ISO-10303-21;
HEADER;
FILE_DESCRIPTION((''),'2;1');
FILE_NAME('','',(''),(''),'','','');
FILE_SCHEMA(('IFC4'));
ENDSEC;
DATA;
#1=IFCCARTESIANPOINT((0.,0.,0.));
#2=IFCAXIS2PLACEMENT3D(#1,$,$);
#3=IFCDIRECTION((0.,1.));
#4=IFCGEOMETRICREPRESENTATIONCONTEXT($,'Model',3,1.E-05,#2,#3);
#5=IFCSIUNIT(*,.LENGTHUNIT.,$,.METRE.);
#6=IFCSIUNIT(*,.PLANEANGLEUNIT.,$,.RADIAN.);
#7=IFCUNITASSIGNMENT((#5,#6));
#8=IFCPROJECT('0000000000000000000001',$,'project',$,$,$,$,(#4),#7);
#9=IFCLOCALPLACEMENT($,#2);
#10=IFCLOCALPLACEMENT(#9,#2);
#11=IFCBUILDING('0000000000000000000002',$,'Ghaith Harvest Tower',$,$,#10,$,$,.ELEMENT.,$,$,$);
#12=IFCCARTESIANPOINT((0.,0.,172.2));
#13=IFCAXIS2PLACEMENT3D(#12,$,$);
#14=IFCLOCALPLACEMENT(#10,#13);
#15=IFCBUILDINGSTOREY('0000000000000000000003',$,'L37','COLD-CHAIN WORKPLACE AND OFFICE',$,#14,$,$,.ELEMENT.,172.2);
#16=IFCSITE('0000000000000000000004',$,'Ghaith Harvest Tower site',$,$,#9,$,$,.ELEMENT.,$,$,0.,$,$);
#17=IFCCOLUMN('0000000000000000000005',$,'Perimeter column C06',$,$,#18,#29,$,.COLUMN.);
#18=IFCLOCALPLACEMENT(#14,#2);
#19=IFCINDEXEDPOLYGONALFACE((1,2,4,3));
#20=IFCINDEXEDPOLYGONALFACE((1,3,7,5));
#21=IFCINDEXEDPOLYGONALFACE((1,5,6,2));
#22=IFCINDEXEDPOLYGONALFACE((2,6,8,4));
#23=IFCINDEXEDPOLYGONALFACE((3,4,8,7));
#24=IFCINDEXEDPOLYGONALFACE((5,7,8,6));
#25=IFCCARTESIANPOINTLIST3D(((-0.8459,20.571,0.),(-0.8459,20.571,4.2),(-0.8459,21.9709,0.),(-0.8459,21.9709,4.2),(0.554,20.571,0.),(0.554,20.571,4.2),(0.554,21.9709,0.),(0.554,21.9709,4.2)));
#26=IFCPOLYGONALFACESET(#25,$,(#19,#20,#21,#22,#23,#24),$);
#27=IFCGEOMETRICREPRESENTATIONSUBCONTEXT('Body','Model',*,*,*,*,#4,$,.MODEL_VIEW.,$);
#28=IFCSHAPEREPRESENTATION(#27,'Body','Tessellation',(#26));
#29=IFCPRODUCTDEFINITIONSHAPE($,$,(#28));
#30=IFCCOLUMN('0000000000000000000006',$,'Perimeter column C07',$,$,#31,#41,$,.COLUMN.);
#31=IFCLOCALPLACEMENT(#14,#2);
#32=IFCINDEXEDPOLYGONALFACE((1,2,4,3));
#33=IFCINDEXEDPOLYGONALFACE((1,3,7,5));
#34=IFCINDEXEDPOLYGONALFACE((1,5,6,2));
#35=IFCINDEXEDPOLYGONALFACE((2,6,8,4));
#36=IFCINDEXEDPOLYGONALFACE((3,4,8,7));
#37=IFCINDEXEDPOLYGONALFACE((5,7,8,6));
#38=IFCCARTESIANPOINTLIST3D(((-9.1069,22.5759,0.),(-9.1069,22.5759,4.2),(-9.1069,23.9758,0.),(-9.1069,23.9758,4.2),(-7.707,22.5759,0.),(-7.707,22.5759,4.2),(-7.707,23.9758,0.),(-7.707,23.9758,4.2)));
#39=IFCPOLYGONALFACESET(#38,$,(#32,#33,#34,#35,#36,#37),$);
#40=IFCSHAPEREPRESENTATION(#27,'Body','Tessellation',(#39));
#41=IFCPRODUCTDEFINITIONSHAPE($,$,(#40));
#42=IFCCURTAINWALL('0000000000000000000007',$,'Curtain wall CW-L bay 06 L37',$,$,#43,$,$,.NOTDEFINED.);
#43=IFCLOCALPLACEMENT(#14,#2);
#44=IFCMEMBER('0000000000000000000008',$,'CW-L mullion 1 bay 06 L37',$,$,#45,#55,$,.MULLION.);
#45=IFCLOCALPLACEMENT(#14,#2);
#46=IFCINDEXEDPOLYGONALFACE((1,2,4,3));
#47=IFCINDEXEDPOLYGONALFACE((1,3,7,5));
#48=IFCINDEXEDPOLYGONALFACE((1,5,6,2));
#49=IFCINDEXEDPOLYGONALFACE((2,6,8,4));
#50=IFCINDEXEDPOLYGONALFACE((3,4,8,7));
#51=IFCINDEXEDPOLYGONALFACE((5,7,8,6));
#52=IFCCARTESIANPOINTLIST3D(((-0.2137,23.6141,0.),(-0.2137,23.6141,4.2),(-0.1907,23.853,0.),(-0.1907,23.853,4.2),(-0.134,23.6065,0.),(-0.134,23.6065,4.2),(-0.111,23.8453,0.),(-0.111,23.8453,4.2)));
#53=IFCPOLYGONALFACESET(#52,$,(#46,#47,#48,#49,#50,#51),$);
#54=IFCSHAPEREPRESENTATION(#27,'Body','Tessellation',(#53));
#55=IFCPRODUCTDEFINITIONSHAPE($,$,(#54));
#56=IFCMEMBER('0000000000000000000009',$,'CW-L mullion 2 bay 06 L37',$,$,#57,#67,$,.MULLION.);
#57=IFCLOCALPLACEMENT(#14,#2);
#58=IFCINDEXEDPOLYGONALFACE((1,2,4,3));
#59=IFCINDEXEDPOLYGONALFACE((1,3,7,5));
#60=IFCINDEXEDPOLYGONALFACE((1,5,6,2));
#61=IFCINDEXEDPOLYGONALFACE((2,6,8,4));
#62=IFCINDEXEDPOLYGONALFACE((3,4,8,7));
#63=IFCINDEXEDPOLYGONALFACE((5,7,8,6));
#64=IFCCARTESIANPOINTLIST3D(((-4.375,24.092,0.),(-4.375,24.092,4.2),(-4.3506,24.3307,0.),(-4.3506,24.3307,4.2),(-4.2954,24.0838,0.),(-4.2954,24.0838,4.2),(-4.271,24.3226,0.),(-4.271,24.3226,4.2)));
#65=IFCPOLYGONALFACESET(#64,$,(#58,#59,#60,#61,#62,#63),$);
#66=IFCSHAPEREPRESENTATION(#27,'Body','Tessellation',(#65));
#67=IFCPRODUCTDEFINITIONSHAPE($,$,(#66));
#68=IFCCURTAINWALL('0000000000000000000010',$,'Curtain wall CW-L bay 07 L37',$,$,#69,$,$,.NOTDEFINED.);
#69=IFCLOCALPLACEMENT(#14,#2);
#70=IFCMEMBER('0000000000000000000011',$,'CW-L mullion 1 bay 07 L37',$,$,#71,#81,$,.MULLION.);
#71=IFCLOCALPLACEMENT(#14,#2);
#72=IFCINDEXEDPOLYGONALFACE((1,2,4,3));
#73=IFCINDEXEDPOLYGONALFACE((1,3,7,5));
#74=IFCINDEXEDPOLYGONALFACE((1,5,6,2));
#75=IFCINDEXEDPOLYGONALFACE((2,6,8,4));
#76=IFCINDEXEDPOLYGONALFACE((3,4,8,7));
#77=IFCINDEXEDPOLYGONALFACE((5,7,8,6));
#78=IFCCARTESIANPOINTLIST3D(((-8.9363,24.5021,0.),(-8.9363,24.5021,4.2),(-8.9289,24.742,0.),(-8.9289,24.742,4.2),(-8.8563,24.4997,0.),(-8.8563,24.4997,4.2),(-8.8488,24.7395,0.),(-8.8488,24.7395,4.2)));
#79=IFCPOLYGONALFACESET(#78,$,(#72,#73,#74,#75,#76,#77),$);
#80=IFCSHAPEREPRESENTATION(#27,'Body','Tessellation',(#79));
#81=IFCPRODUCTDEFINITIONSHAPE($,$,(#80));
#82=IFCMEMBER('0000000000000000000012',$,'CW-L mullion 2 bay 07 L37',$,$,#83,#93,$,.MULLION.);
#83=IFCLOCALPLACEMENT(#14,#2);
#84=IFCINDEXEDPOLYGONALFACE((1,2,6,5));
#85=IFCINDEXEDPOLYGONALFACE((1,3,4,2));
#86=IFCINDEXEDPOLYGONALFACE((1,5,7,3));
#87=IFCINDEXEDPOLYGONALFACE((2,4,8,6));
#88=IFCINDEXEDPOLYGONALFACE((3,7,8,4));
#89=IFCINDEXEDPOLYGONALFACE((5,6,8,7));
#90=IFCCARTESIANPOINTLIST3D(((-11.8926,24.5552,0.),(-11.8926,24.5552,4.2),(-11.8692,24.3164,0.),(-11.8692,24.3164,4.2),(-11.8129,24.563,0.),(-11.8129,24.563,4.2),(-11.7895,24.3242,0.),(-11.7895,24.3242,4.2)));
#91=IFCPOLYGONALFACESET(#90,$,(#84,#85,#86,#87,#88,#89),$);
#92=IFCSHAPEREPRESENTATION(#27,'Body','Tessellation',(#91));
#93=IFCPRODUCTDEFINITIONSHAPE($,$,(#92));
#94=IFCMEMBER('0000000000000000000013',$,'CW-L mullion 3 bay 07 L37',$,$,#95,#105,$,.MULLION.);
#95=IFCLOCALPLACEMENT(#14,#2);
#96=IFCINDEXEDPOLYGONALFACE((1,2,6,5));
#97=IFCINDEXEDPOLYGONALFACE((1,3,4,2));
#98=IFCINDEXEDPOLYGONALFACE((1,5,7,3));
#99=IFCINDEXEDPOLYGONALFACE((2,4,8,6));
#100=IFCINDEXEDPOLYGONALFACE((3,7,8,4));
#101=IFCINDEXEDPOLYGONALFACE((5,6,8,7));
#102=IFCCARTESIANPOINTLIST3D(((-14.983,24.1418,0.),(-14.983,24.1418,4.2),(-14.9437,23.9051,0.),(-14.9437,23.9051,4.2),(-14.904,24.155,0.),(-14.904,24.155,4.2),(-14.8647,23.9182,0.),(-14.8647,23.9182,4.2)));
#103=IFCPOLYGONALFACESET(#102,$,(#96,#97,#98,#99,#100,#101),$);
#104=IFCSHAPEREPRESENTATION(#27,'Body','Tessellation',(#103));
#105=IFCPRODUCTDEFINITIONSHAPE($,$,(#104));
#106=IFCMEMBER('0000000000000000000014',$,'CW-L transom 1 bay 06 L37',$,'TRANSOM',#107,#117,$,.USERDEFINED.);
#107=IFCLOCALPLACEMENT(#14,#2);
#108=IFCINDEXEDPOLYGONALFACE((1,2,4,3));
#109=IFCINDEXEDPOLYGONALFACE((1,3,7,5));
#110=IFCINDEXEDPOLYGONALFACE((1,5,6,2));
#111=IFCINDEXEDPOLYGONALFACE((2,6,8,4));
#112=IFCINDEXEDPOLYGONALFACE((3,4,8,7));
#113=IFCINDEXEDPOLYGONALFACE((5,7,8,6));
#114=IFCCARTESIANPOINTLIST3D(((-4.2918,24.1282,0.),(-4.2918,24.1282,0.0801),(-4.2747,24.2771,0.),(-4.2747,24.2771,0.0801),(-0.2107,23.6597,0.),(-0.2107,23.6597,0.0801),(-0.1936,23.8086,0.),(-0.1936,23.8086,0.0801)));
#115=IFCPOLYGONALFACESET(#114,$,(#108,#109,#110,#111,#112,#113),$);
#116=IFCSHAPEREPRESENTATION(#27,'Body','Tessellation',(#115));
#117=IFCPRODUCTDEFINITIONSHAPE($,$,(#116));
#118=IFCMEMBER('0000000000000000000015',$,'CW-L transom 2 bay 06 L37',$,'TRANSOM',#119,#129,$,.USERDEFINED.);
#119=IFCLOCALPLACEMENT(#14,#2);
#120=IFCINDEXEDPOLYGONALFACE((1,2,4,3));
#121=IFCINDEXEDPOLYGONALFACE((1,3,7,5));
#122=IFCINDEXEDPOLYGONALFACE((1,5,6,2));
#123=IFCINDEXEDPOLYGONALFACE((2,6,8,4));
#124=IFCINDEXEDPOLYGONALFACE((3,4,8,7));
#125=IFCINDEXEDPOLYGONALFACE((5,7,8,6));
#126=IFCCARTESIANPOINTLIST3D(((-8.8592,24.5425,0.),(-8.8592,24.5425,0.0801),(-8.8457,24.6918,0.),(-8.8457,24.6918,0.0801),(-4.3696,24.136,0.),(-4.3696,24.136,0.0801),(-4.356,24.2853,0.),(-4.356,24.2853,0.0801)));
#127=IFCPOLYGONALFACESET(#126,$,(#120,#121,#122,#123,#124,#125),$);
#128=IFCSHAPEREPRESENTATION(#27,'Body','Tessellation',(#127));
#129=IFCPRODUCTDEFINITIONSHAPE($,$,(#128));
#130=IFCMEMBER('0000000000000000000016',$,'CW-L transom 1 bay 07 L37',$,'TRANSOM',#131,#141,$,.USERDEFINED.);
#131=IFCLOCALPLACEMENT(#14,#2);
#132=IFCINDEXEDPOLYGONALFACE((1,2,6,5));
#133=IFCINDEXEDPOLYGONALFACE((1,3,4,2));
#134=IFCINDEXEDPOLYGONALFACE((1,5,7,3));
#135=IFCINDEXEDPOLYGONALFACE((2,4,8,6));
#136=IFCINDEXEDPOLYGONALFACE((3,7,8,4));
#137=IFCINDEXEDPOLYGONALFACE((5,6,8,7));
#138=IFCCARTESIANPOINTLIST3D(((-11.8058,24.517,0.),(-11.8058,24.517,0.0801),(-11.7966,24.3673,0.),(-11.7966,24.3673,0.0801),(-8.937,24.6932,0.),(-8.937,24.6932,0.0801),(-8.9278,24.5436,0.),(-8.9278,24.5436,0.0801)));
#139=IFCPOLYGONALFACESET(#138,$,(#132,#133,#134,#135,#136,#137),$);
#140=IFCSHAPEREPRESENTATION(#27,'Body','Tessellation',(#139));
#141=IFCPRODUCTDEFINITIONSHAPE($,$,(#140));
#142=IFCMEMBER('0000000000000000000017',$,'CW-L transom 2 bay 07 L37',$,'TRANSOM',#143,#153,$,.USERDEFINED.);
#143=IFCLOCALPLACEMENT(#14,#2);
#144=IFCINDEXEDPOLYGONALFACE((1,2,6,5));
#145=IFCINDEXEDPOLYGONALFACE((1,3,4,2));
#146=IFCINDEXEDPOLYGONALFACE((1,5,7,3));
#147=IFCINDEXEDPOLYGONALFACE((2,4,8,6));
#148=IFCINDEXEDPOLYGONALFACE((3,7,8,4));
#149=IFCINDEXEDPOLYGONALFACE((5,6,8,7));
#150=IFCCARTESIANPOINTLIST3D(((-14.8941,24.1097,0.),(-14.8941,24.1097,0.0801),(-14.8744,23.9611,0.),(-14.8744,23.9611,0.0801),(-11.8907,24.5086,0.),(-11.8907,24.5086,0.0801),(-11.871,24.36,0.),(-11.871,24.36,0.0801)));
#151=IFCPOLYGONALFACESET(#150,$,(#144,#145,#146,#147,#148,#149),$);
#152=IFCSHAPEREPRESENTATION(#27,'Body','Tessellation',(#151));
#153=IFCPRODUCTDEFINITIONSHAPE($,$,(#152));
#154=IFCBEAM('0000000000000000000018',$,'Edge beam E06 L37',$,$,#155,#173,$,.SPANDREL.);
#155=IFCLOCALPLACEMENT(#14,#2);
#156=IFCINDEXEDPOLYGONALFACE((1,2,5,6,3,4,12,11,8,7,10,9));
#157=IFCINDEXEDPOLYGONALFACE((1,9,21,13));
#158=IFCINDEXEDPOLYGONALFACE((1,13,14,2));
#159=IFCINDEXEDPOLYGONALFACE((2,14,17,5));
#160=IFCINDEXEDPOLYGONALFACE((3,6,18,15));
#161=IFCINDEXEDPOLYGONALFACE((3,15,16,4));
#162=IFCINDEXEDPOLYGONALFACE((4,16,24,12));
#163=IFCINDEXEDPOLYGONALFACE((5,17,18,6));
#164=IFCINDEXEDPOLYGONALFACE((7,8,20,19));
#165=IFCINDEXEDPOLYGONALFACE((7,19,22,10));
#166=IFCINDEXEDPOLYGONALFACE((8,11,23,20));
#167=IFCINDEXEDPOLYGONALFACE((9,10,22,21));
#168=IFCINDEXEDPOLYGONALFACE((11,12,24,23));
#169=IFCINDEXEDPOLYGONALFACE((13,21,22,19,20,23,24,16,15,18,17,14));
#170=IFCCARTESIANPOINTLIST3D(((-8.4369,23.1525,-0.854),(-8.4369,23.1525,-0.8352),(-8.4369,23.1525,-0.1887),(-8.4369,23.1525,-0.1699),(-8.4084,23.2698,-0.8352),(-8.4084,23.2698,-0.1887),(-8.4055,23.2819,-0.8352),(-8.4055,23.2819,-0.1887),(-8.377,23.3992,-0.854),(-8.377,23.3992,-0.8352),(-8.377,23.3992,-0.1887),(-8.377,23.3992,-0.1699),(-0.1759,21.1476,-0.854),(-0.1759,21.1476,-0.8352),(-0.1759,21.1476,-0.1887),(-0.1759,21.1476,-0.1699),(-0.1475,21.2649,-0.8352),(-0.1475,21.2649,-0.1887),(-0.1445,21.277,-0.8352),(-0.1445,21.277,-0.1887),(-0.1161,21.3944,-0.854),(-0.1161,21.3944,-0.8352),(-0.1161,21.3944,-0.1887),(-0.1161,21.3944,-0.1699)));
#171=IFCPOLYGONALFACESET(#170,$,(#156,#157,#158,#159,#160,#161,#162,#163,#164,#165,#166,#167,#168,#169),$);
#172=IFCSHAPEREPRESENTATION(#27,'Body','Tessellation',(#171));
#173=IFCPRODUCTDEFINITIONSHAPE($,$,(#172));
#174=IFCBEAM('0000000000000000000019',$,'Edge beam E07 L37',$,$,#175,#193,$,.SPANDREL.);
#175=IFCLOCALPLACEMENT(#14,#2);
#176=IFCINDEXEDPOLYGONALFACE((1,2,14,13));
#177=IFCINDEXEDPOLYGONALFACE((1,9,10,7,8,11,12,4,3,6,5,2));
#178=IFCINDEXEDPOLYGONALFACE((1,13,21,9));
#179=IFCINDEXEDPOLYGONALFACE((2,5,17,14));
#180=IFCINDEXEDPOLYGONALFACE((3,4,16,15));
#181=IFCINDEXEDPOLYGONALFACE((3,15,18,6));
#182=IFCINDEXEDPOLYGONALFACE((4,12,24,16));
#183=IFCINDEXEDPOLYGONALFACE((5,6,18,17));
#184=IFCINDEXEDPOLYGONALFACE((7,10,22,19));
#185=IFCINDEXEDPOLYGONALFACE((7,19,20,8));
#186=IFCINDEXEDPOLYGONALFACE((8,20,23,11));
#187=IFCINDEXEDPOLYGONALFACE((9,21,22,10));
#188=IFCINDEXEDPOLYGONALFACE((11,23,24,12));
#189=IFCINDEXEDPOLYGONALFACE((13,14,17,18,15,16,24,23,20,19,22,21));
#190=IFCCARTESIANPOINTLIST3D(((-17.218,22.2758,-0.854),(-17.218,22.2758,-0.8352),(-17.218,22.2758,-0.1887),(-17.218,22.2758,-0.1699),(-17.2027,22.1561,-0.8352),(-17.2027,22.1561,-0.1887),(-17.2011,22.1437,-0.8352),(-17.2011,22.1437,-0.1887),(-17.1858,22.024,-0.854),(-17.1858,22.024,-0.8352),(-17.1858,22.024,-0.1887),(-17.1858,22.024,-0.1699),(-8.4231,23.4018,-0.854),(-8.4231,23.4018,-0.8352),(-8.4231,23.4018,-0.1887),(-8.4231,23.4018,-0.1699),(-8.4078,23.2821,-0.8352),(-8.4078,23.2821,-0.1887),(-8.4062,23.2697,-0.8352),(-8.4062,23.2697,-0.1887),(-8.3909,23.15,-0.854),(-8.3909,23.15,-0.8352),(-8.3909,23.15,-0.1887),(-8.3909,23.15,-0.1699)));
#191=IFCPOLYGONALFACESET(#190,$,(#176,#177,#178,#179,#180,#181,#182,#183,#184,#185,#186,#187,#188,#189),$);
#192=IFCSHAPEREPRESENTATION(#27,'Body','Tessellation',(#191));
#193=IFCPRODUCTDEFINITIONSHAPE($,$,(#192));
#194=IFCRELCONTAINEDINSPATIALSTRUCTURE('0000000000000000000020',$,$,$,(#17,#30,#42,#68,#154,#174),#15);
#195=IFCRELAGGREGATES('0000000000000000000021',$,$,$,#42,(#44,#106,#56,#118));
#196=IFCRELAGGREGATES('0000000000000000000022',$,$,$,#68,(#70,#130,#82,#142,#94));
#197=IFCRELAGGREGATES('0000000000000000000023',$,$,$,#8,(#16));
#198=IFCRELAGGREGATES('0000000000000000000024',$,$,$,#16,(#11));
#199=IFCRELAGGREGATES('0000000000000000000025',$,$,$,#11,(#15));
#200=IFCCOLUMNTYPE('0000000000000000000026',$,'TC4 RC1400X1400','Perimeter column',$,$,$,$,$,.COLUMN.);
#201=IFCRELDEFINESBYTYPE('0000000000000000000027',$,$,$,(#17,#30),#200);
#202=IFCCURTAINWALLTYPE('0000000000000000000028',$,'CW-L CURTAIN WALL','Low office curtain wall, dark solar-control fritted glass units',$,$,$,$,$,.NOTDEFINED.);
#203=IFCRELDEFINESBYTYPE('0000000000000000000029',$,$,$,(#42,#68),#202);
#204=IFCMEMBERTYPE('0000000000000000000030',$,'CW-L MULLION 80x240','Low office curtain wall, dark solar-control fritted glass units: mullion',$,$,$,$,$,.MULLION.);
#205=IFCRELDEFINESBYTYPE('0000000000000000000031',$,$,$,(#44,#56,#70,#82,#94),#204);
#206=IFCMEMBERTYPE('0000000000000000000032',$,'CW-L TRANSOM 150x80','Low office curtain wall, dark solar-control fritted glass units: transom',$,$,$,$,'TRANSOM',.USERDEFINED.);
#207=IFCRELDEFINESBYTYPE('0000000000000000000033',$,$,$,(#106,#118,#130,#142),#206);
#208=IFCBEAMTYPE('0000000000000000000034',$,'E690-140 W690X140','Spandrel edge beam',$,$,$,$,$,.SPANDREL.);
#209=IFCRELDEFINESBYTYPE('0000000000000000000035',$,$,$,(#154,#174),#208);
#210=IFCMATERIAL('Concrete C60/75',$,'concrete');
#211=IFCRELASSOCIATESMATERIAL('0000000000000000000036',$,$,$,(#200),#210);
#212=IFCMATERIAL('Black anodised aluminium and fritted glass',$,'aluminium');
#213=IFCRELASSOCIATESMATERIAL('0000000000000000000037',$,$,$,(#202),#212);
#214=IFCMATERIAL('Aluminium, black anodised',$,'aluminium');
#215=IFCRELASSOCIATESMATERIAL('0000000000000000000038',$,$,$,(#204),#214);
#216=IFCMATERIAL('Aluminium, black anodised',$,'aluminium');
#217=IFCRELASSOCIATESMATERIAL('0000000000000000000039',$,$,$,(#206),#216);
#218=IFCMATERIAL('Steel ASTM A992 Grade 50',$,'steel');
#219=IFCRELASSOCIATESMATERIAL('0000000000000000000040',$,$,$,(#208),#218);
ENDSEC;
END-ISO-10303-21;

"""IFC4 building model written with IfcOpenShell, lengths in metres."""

from ifc_helpers import new_model, si_unit, direction, frame, origin, origin_2d, place, context, subcontext, project, spatial, rectangle, i_section, extrude, material, material_profile, profile_set, type_object, element, aggregate, save


model = new_model("IFC4")

# Units and contexts
model_context = context("Model", 3, precision=1e-05, world=origin(), true_north=direction((0.0, 1.0)))
body_context = subcontext(model_context, "Body", "Model", "MODEL_VIEW")
ifc_project = project(units=[si_unit("LENGTHUNIT", "METRE"), si_unit("PLANEANGLEUNIT", "RADIAN")], contexts=[model_context])

# Site, building, storey
site_placement = place(None, origin())
site = spatial("IfcSite", under=ifc_project, at=site_placement, Name="Ghaith Harvest Tower site", CompositionType="ELEMENT", RefElevation=0.0)
building_placement = place(site_placement, origin())
building = spatial("IfcBuilding", under=site, at=building_placement, Name="Ghaith Harvest Tower", CompositionType="ELEMENT")
storey_placement = place(building_placement, frame((0.0, 0.0, 172.2)))
storey = spatial("IfcBuildingStorey", under=building, at=storey_placement, Name="L37", Description="COLD-CHAIN WORKPLACE AND OFFICE", CompositionType="ELEMENT", Elevation=172.2)

# Columns
ifc_material_1 = material(Name="Concrete C60/75", Category="concrete")
ifc_material_profile_1 = material_profile(ifc_material_1, rectangle(XDim=1.3999, YDim=1.3999, at=origin_2d()), Name="RC1400X1400")
ifc_profile_set_1 = profile_set([ifc_material_profile_1], Name="Concrete C60/75")
column_type = type_object("IfcColumnType", Name="TC4 RC1400X1400", Description="Perimeter column", PredefinedType="COLUMN", material=ifc_profile_set_1)
for number, where, z_axis, x_axis, name in (
    (1, (-0.146, 21.271, 0.0), (0.0, 0.0, 1.0), (1.0, 0.0, 0.0), "Perimeter column C06"),
    (2, (-8.407, 23.2759, 0.0), (0.0, 0.0, 1.0), (1.0, 0.0, 0.0), "Perimeter column C07"),
):
    element("IfcColumn", number, at=place(storey_placement, frame(where, z_axis=z_axis, x_axis=x_axis)), inside=storey, type_object=column_type, Name=name, PredefinedType="COLUMN", context=body_context, shape_type="SweptSolid", body=[
        extrude(rectangle(XDim=1.3999, YDim=1.3999, at=origin_2d()), origin(), (0.0, 0.0, 1.0), 4.2),
    ])

# Curtain walls, members
ifc_material_2 = material(Name="Black anodised aluminium and fritted glass", Category="aluminium")
curtain_wall_type = type_object("IfcCurtainWallType", Name="CW-L CURTAIN WALL", Description="Low office curtain wall, dark solar-control fritted glass units", PredefinedType="NOTDEFINED", material=ifc_material_2)
curtain_wall_1_placement = place(storey_placement, origin())
curtain_wall_1 = element("IfcCurtainWall", 3, at=curtain_wall_1_placement, inside=storey, type_object=curtain_wall_type, Name="Curtain wall CW-L bay 06 L37", PredefinedType="NOTDEFINED")
ifc_material_3 = material(Name="Aluminium, black anodised", Category="aluminium")
ifc_material_profile_2 = material_profile(ifc_material_3, rectangle(XDim=0.0801, YDim=0.24, at=origin_2d()), Name="CW-L MULLION 80x240")
ifc_profile_set_2 = profile_set([ifc_material_profile_2], Name="Aluminium, black anodised")
member_type_1 = type_object("IfcMemberType", Name="CW-L MULLION 80x240", Description="Low office curtain wall, dark solar-control fritted glass units: mullion", PredefinedType="MULLION", material=ifc_profile_set_2)
member_1_placement = place(storey_placement, frame((-0.1624, 23.7297, 0.0), z_axis=(0.0, 0.0, 1.0), x_axis=(-0.995388, 0.09593, 0.0)))
member_1 = element("IfcMember", 4, at=member_1_placement, type_object=member_type_1, Name="CW-L mullion 1 bay 06 L37", PredefinedType="MULLION", context=body_context, shape_type="SweptSolid", body=[
    extrude(rectangle(XDim=0.0801, YDim=0.24, at=origin_2d()), origin(), (0.0, 0.0, 1.0), 4.2),
])
member_2_placement = place(storey_placement, frame((-4.323, 24.2073, 0.0), z_axis=(0.0, 0.0, 1.0), x_axis=(-0.99483, 0.101551, 0.0)))
member_2 = element("IfcMember", 5, at=member_2_placement, type_object=member_type_1, Name="CW-L mullion 2 bay 06 L37", PredefinedType="MULLION", context=body_context, shape_type="SweptSolid", body=[
    extrude(rectangle(XDim=0.0801, YDim=0.24, at=origin_2d()), origin(), (0.0, 0.0, 1.0), 4.2),
])
curtain_wall_2_placement = place(storey_placement, origin())
curtain_wall_2 = element("IfcCurtainWall", 6, at=curtain_wall_2_placement, inside=storey, type_object=curtain_wall_type, Name="Curtain wall CW-L bay 07 L37", PredefinedType="NOTDEFINED")
member_3_placement = place(storey_placement, frame((-8.8926, 24.6208, 0.0), z_axis=(0.0, 0.0, 1.0), x_axis=(-0.999522, 0.030909, 0.0)))
member_3 = element("IfcMember", 7, at=member_3_placement, type_object=member_type_1, Name="CW-L mullion 1 bay 07 L37", PredefinedType="MULLION", context=body_context, shape_type="SweptSolid", body=[
    extrude(rectangle(XDim=0.0801, YDim=0.24, at=origin_2d()), origin(), (0.0, 0.0, 1.0), 4.2),
])
member_4_placement = place(storey_placement, frame((-11.8411, 24.4397, 0.0), z_axis=(0.0, 0.0, 1.0), x_axis=(-0.995238, -0.09748, 0.0)))
member_4 = element("IfcMember", 8, at=member_4_placement, type_object=member_type_1, Name="CW-L mullion 2 bay 07 L37", PredefinedType="MULLION", context=body_context, shape_type="SweptSolid", body=[
    extrude(rectangle(XDim=0.0801, YDim=0.24, at=origin_2d()), origin(), (0.0, 0.0, 1.0), 4.2),
])
member_5_placement = place(storey_placement, frame((-14.9238, 24.03, 0.0), z_axis=(0.0, 0.0, 1.0), x_axis=(-0.986495, -0.163794, 0.0)))
member_5 = element("IfcMember", 9, at=member_5_placement, type_object=member_type_1, Name="CW-L mullion 3 bay 07 L37", PredefinedType="MULLION", context=body_context, shape_type="SweptSolid", body=[
    extrude(rectangle(XDim=0.0801, YDim=0.24, at=origin_2d()), origin(), (0.0, 0.0, 1.0), 4.2),
])

# Members
ifc_material_4 = material(Name="Aluminium, black anodised", Category="aluminium")
ifc_material_profile_3 = material_profile(ifc_material_4, rectangle(XDim=0.1499, YDim=0.0801, at=origin_2d()), Name="CW-L TRANSOM 150x80")
ifc_profile_set_3 = profile_set([ifc_material_profile_3], Name="Aluminium, black anodised")
member_type_2 = type_object("IfcMemberType", Name="CW-L TRANSOM 150x80", Description="Low office curtain wall, dark solar-control fritted glass units: transom", ElementType="TRANSOM", PredefinedType="USERDEFINED", material=ifc_profile_set_3)
member_6_placement = place(storey_placement, frame((-0.2021, 23.7341, 0.04), z_axis=(-0.993475, 0.114051, 0.0), x_axis=(-0.114051, -0.993475, 0.0)))
member_6 = element("IfcMember", 10, at=member_6_placement, type_object=member_type_2, Name="CW-L transom 1 bay 06 L37", ObjectType="TRANSOM", PredefinedType="USERDEFINED", context=body_context, shape_type="SweptSolid", body=[
    extrude(rectangle(XDim=0.1499, YDim=0.0801, at=origin_2d()), origin(), (0.0, 0.0, 1.0), 4.1079),
])
member_7_placement = place(storey_placement, frame((-4.3628, 24.2107, 0.04), z_axis=(-0.995926, 0.09017, 0.0), x_axis=(-0.09017, -0.995926, 0.0)))
member_7 = element("IfcMember", 11, at=member_7_placement, type_object=member_type_2, Name="CW-L transom 2 bay 06 L37", ObjectType="TRANSOM", PredefinedType="USERDEFINED", context=body_context, shape_type="SweptSolid", body=[
    extrude(rectangle(XDim=0.1499, YDim=0.0801, at=origin_2d()), origin(), (0.0, 0.0, 1.0), 4.5081),
])
member_8_placement = place(storey_placement, frame((-8.9324, 24.6184, 0.04), z_axis=(-0.998118, -0.061326, 0.0), x_axis=(0.061326, -0.998118, 0.0)))
member_8 = element("IfcMember", 12, at=member_8_placement, type_object=member_type_2, Name="CW-L transom 1 bay 07 L37", ObjectType="TRANSOM", PredefinedType="USERDEFINED", context=body_context, shape_type="SweptSolid", body=[
    extrude(rectangle(XDim=0.1499, YDim=0.0801, at=origin_2d()), origin(), (0.0, 0.0, 1.0), 2.8743),
])
member_9_placement = place(storey_placement, frame((-11.8809, 24.4343, 0.04), z_axis=(-0.991294, -0.131668, 0.0), x_axis=(0.131668, -0.991294, 0.0)))
member_9 = element("IfcMember", 13, at=member_9_placement, type_object=member_type_2, Name="CW-L transom 2 bay 07 L37", ObjectType="TRANSOM", PredefinedType="USERDEFINED", context=body_context, shape_type="SweptSolid", body=[
    extrude(rectangle(XDim=0.1499, YDim=0.0801, at=origin_2d()), origin(), (0.0, 0.0, 1.0), 3.0298),
])

# Beams
ifc_material_5 = material(Name="Steel ASTM A992 Grade 50", Category="steel")
ifc_material_profile_4 = material_profile(ifc_material_5, i_section(OverallWidth=0.2539, OverallDepth=0.6841, WebThickness=0.0125, FlangeThickness=0.0188, at=origin_2d()), Name="W690X140")
ifc_profile_set_4 = profile_set([ifc_material_profile_4], Name="Steel ASTM A992 Grade 50")
beam_type_1 = type_object("IfcBeamType", Name="E690-140 W690X140", Description="Spandrel edge beam", PredefinedType="SPANDREL", material=ifc_profile_set_4)
beam_1_placement = place(storey_placement, frame((-0.146, 21.271, -0.512), z_axis=(-0.97179, 0.235847, 0.0), x_axis=(-0.235847, -0.97179, 0.0)))
element("IfcBeam", 14, at=beam_1_placement, inside=storey, type_object=beam_type_1, Name="Edge beam E06 L37", PredefinedType="SPANDREL", context=body_context, shape_type="SweptSolid", body=[
    extrude(i_section(OverallWidth=0.2539, OverallDepth=0.6841, WebThickness=0.0125, FlangeThickness=0.0188, at=origin_2d()), origin(), (0.0, 0.0, 1.0), 8.5007),
])
beam_2_placement = place(storey_placement, frame((-8.407, 23.2759, -0.512), z_axis=(-0.991904, -0.126989, 0.0), x_axis=(0.126989, -0.991904, 0.0)))
element("IfcBeam", 15, at=beam_2_placement, inside=storey, type_object=beam_type_1, Name="Edge beam E07 L37", PredefinedType="SPANDREL", context=body_context, shape_type="SweptSolid", body=[
    extrude(i_section(OverallWidth=0.2539, OverallDepth=0.6841, WebThickness=0.0125, FlangeThickness=0.0188, at=origin_2d()), origin(), (0.0, 0.0, 1.0), 8.8667),
])

aggregate(curtain_wall_1, [member_1, member_6, member_2, member_7])
aggregate(curtain_wall_2, [member_3, member_8, member_4, member_9, member_5])

save(model, "model.ifc")
